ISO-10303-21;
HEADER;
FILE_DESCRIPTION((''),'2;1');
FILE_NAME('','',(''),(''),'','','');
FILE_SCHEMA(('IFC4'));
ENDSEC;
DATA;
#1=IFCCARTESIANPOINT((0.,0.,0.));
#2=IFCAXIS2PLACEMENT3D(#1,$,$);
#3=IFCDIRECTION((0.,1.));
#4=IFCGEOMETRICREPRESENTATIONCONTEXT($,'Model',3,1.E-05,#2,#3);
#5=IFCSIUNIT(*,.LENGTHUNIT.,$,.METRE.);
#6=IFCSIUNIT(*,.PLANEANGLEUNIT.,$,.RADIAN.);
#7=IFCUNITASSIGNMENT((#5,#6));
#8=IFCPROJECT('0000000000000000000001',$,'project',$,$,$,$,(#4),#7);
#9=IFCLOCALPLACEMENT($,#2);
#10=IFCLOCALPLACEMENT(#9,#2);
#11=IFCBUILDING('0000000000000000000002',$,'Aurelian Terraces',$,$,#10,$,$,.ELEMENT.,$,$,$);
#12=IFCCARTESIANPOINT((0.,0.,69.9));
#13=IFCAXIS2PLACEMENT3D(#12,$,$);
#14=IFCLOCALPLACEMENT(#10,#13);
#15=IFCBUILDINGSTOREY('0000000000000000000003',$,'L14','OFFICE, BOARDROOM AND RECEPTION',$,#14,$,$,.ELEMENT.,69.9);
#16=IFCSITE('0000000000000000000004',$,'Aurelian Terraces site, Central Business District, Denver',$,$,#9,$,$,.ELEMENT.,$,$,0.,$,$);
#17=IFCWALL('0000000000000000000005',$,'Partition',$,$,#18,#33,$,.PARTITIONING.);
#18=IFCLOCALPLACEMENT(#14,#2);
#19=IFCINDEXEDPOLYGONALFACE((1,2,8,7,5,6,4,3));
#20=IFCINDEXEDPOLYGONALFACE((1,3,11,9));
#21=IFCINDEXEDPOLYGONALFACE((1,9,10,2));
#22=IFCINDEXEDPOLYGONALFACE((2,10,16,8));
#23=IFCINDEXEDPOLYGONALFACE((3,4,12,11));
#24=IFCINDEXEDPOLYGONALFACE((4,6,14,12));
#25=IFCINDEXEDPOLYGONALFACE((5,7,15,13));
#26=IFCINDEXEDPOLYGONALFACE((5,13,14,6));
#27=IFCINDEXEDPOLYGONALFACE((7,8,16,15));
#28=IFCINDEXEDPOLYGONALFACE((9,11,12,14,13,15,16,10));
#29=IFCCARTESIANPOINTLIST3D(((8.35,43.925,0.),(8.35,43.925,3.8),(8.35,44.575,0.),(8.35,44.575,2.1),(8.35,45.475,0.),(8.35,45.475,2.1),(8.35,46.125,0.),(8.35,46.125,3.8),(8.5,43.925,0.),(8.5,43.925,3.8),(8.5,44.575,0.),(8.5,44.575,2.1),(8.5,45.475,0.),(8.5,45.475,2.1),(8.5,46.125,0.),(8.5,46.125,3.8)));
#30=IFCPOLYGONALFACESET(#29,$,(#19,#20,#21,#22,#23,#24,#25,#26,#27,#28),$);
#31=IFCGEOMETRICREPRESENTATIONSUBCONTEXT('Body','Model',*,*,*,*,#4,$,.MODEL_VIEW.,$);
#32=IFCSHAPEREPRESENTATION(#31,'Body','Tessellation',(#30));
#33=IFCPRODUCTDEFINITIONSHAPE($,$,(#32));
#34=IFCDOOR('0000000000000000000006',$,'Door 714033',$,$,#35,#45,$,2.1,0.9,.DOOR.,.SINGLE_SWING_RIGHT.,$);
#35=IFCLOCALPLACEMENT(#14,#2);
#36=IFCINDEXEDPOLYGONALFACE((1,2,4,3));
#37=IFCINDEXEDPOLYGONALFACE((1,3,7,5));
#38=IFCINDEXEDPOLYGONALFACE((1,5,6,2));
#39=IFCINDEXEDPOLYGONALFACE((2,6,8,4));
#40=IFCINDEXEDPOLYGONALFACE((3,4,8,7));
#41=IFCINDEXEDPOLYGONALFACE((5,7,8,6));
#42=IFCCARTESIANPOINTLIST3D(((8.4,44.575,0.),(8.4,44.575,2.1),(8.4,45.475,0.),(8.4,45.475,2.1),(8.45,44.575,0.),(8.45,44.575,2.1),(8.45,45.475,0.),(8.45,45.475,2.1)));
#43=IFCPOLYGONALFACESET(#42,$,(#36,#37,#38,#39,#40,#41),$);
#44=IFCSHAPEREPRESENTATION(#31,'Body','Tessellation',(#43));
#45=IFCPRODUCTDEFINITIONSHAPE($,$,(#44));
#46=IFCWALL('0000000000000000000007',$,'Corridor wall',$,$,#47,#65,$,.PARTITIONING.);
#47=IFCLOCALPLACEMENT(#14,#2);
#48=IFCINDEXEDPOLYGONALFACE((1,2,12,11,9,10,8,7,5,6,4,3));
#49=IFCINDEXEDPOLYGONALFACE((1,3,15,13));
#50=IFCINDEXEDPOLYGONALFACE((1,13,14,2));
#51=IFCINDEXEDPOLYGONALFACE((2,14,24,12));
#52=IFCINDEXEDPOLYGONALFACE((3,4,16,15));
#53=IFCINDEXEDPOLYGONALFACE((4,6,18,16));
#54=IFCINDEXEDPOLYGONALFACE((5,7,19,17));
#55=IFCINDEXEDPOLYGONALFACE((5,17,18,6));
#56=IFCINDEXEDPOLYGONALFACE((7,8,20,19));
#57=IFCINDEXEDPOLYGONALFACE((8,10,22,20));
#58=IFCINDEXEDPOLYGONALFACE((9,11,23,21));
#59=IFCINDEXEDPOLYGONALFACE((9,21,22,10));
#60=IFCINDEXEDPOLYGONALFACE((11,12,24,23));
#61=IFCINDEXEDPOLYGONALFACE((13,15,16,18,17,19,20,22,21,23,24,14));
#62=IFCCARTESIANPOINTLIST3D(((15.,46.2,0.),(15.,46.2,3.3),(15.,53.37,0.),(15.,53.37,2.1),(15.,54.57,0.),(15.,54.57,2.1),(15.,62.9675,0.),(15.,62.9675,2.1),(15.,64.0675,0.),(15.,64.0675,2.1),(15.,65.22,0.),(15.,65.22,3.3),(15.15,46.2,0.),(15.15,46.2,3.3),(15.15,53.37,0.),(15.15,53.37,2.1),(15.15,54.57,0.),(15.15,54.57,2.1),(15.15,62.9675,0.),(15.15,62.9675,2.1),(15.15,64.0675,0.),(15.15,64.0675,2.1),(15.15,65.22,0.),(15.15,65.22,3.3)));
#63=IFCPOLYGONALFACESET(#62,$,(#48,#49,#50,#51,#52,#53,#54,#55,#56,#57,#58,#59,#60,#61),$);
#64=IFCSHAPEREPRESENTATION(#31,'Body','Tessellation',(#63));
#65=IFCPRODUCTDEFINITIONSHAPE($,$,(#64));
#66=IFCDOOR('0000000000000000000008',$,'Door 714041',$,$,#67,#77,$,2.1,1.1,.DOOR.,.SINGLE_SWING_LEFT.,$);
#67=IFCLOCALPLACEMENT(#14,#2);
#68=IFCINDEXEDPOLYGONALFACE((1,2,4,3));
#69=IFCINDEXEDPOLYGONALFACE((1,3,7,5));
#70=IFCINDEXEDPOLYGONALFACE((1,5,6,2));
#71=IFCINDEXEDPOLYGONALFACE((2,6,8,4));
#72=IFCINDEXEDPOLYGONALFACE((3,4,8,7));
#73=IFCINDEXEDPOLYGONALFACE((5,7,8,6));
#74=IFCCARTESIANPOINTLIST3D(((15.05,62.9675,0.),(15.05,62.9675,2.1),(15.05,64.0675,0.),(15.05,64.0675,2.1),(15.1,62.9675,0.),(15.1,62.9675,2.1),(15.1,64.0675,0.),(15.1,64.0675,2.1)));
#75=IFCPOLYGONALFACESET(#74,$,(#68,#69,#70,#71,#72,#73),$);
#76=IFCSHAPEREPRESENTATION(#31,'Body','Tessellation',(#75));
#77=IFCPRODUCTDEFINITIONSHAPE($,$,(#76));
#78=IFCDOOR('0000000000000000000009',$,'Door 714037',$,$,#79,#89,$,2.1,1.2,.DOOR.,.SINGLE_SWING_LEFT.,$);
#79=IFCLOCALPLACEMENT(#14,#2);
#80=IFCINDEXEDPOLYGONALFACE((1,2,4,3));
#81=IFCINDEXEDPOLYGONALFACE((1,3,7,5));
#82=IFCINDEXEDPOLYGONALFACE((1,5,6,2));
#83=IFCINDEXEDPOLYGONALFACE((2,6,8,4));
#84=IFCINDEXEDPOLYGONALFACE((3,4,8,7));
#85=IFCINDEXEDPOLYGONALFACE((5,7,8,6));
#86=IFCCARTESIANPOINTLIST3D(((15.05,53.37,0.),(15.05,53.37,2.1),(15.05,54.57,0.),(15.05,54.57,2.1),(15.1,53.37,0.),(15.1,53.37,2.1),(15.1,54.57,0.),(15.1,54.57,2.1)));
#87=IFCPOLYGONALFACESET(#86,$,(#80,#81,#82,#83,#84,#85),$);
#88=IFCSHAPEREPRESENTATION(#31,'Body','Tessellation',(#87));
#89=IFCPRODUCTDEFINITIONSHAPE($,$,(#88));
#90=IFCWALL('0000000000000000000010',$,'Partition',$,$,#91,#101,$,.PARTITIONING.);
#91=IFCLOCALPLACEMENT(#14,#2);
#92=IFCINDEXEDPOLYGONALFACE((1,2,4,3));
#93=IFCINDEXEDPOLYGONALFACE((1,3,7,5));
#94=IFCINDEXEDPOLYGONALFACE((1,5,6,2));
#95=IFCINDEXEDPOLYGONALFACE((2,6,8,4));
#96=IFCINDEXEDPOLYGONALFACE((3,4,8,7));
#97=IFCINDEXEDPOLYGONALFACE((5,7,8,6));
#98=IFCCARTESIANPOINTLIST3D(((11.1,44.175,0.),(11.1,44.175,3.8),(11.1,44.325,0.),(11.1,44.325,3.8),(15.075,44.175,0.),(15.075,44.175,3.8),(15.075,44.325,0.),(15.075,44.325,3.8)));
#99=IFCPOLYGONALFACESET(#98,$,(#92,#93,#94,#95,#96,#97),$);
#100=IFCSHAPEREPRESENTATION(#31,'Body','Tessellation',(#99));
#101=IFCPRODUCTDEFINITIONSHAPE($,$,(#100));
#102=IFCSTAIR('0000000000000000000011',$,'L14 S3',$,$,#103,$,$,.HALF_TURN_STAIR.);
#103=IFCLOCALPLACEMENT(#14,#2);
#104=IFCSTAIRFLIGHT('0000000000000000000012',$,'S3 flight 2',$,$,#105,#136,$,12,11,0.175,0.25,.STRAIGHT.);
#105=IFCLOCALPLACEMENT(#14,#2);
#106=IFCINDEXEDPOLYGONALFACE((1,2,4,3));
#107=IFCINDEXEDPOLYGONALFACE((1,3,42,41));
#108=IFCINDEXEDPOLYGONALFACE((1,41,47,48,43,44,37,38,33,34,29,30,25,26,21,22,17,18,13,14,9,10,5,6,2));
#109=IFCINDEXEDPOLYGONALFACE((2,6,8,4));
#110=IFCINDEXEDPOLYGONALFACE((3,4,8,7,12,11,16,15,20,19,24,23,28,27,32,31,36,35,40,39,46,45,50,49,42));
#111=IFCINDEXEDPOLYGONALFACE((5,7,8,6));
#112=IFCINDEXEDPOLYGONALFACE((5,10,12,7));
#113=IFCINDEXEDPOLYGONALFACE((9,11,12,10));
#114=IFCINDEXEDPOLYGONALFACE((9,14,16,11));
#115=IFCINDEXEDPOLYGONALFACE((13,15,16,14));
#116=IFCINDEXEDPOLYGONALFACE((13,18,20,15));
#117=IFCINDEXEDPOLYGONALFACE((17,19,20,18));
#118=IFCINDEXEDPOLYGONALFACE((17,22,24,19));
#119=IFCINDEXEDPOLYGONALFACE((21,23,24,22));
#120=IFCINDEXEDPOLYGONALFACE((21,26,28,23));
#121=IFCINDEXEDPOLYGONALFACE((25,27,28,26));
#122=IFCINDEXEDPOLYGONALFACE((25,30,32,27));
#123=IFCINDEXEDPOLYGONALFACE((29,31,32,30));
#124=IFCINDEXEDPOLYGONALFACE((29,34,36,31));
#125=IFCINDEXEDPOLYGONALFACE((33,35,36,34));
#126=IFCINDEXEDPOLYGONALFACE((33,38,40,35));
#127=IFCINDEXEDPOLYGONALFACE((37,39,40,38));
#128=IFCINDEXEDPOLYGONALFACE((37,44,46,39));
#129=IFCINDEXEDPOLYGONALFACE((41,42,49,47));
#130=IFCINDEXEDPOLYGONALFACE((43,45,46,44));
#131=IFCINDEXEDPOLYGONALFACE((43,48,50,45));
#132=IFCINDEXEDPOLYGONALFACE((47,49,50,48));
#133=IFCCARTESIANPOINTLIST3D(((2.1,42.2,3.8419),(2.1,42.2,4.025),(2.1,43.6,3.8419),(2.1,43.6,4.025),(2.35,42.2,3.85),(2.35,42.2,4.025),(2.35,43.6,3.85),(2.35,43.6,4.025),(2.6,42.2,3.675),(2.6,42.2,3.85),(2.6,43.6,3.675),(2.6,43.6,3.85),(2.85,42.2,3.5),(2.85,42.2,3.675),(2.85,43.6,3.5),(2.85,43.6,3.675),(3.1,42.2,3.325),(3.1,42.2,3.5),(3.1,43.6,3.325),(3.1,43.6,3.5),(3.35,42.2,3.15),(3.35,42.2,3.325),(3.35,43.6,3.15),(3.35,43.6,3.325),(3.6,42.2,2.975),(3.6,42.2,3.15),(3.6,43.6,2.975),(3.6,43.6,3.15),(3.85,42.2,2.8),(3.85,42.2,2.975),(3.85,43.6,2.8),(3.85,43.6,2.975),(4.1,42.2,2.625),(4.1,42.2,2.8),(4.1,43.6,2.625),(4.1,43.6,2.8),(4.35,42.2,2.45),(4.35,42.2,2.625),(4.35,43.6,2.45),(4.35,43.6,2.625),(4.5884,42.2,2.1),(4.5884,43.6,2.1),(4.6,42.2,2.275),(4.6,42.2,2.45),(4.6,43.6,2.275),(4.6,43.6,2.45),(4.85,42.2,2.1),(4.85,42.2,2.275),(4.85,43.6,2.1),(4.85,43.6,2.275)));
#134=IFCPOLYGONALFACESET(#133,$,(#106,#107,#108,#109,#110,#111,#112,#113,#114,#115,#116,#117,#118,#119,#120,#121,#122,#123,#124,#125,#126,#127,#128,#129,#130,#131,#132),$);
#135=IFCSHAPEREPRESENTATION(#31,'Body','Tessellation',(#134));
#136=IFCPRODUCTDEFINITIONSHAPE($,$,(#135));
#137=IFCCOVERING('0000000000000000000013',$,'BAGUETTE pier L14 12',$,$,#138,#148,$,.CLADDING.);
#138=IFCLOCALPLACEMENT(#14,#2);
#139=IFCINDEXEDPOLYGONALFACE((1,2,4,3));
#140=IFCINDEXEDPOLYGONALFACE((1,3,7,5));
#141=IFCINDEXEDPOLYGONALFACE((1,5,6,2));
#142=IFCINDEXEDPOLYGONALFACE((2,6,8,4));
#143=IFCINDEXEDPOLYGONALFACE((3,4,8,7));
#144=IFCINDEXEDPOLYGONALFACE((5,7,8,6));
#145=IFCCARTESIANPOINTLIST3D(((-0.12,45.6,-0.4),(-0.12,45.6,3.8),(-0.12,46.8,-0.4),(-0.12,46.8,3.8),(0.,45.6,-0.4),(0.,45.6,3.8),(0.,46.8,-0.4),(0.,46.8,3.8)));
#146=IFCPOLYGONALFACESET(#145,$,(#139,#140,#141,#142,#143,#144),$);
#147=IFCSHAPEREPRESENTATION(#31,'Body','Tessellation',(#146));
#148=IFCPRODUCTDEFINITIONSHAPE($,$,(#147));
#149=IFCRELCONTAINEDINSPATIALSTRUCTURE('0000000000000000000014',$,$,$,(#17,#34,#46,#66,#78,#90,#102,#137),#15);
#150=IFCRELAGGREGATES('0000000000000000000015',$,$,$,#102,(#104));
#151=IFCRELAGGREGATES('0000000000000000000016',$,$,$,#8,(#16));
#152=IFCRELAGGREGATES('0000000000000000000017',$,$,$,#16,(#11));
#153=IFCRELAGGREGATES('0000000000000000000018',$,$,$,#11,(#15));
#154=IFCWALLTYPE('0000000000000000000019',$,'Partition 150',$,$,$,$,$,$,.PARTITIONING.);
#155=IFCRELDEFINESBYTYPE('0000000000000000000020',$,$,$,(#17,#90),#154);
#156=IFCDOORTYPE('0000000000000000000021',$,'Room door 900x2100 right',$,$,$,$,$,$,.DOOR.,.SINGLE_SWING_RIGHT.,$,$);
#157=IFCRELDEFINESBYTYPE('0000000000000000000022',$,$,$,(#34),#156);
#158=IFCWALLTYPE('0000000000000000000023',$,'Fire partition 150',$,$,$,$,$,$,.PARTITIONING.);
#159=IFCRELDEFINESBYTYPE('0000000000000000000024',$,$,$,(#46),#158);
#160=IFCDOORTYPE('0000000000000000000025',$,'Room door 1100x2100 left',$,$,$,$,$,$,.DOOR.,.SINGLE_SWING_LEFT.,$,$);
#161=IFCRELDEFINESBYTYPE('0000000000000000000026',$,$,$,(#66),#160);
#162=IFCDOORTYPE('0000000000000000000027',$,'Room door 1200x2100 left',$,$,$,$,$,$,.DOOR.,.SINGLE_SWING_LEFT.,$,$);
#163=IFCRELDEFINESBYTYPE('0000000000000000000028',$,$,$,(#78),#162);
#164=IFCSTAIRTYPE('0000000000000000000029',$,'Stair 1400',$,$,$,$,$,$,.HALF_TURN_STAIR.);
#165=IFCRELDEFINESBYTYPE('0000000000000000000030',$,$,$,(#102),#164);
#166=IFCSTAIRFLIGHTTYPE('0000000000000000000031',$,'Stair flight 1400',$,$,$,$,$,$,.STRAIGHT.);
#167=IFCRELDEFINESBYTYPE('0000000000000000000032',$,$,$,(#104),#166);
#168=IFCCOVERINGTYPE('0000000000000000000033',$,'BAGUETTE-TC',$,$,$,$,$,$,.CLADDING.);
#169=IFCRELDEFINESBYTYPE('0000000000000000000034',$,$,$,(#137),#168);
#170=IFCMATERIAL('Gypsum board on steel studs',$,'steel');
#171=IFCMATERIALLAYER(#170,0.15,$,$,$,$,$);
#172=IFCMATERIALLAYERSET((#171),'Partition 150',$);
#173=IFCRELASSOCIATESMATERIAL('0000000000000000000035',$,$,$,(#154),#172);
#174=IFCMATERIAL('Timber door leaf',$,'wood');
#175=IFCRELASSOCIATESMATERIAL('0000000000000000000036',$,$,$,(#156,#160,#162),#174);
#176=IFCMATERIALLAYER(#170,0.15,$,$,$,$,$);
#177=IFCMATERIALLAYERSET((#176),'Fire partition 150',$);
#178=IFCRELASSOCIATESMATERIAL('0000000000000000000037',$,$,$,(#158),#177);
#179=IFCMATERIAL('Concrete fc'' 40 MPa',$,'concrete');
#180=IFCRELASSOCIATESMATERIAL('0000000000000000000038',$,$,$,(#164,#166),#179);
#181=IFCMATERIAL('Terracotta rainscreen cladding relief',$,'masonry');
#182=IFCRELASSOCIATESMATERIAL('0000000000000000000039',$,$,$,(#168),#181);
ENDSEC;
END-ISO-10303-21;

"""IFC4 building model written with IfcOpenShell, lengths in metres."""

from ifc_helpers import new_model, si_unit, direction, frame, frame_2d, origin, origin_2d, place, context, subcontext, project, spatial, polyline, rectangle, outline, extrude, source, transform, mapped, material, layer, layer_set, type_object, element, fill, aggregate, save


model = new_model("IFC4")

# Units and contexts
model_context = context("Model", 3, precision=1e-05, world=origin(), true_north=direction((0.0, 1.0)))
body_context = subcontext(model_context, "Body", "Model", "MODEL_VIEW")
ifc_project = project(units=[si_unit("LENGTHUNIT", "METRE"), si_unit("PLANEANGLEUNIT", "RADIAN")], contexts=[model_context])

# Site, building, storey
site_placement = place(None, origin())
site = spatial("IfcSite", under=ifc_project, at=site_placement, Name="Aurelian Terraces site, Central Business District, Denver", CompositionType="ELEMENT", RefElevation=0.0)
building_placement = place(site_placement, origin())
building = spatial("IfcBuilding", under=site, at=building_placement, Name="Aurelian Terraces", CompositionType="ELEMENT")
storey_placement = place(building_placement, frame((0.0, 0.0, 69.9)))
storey = spatial("IfcBuildingStorey", under=building, at=storey_placement, Name="L14", Description="OFFICE, BOARDROOM AND RECEPTION", CompositionType="ELEMENT", Elevation=69.9)

# Shared definitions
ifc_material_1 = material(Name="Concrete fc' 40 MPa", Category="concrete")

# Shared definitions
ifc_material_2 = material(Name="Gypsum board on steel studs", Category="steel")
ifc_layer_1 = layer(ifc_material_2, 0.15)
ifc_layer_set_1 = layer_set([ifc_layer_1], Name="Partition 150")
wall_type_1 = type_object("IfcWallType", Name="Partition 150", PredefinedType="PARTITIONING", material=ifc_layer_set_1)
shared_shape_1 = source(origin(), body_context, "Body", "SweptSolid", [
    extrude(rectangle(XDim=0.9, YDim=2.1, at=frame_2d((0.45, 1.05))), frame((0.0, 0.085, 0.0), z_axis=(0.0, -1.0, 0.0), x_axis=(1.0, 0.0, 0.0)), (0.0, 0.0, 1.0), 0.17),
])
ifc_material_3 = material(Name="Timber door leaf", Category="wood")
door_type_1 = type_object("IfcDoorType", Name="Room door 900x2100 right", OperationType="SINGLE_SWING_RIGHT", PredefinedType="DOOR", material=ifc_material_3)
shared_shape_2 = source(origin(), body_context, "Body", "SweptSolid", [
    extrude(rectangle(XDim=0.9, YDim=2.1, at=frame_2d((0.45, 1.05))), frame((0.0, 0.025, 0.0), z_axis=(0.0, -1.0, 0.0), x_axis=(1.0, 0.0, 0.0)), (0.0, 0.0, 1.0), 0.05),
])

# Wall, opening, door
shared_shape_3 = source(origin(), body_context, "Body", "SweptSolid", [
    extrude(rectangle(XDim=2.2, YDim=0.15, at=frame_2d((1.1, 0.0))), origin(), (0.0, 0.0, 1.0), 3.8),
])
wall_1_placement = place(storey_placement, frame((8.425, 43.925, 0.0), z_axis=(0.0, 0.0, 1.0), x_axis=(0.0, 1.0, 0.0)))
wall_1 = element("IfcWall", 1, at=wall_1_placement, inside=storey, type_object=wall_type_1, Name="Partition", PredefinedType="PARTITIONING", context=body_context, shape_type="MappedRepresentation", body=[
    mapped(shared_shape_3, transform((0.0, 0.0, 0.0), scale=1.0)),
])
opening_1_placement = place(wall_1_placement, frame((0.65, 0.0, 0.0)))
opening_1 = element("IfcOpeningElement", 2, at=opening_1_placement, cuts=wall_1, PredefinedType="OPENING", context=body_context, shape_type="MappedRepresentation", body=[
    mapped(shared_shape_1, transform((0.0, 0.0, 0.0), scale=1.0)),
])
door_1_placement = place(opening_1_placement, origin())
door_1 = element("IfcDoor", 3, at=door_1_placement, inside=storey, type_object=door_type_1, Name="Door 714033", OperationType="SINGLE_SWING_RIGHT", OverallHeight=2.1, OverallWidth=0.9, PredefinedType="DOOR", context=body_context, shape_type="MappedRepresentation", body=[
    mapped(shared_shape_2, transform((0.0, 0.0, 0.0), scale=1.0)),
])
fill(opening_1, door_1)

# Wall, openings, doors
ifc_layer_2 = layer(ifc_material_2, 0.15)
ifc_layer_set_2 = layer_set([ifc_layer_2], Name="Fire partition 150")
wall_type_2 = type_object("IfcWallType", Name="Fire partition 150", PredefinedType="PARTITIONING", material=ifc_layer_set_2)
shared_shape_4 = source(origin(), body_context, "Body", "SweptSolid", [
    extrude(rectangle(XDim=19.02, YDim=0.15, at=frame_2d((9.51, 0.0))), origin(), (0.0, 0.0, 1.0), 3.3),
])
wall_2_placement = place(storey_placement, frame((15.075, 46.2, 0.0), z_axis=(0.0, 0.0, 1.0), x_axis=(0.0, 1.0, 0.0)))
wall_2 = element("IfcWall", 4, at=wall_2_placement, inside=storey, type_object=wall_type_2, Name="Corridor wall", PredefinedType="PARTITIONING", context=body_context, shape_type="MappedRepresentation", body=[
    mapped(shared_shape_4, transform((0.0, 0.0, 0.0), scale=1.0)),
])
shared_shape_5 = source(origin(), body_context, "Body", "SweptSolid", [
    extrude(rectangle(XDim=1.2, YDim=2.1, at=frame_2d((0.6, 1.05))), frame((0.0, 0.085, 0.0), z_axis=(0.0, -1.0, 0.0), x_axis=(1.0, 0.0, 0.0)), (0.0, 0.0, 1.0), 0.17),
])
opening_2_placement = place(wall_2_placement, frame((7.17, 0.0, 0.0)))
opening_2 = element("IfcOpeningElement", 5, at=opening_2_placement, cuts=wall_2, PredefinedType="OPENING", context=body_context, shape_type="MappedRepresentation", body=[
    mapped(shared_shape_5, transform((0.0, 0.0, 0.0), scale=1.0)),
])
shared_shape_6 = source(origin(), body_context, "Body", "SweptSolid", [
    extrude(rectangle(XDim=1.1, YDim=2.1, at=frame_2d((0.55, 1.05))), frame((0.0, 0.085, 0.0), z_axis=(0.0, -1.0, 0.0), x_axis=(1.0, 0.0, 0.0)), (0.0, 0.0, 1.0), 0.17),
])
opening_3_placement = place(wall_2_placement, frame((16.7675, 0.0, 0.0)))
opening_3 = element("IfcOpeningElement", 6, at=opening_3_placement, cuts=wall_2, PredefinedType="OPENING", context=body_context, shape_type="MappedRepresentation", body=[
    mapped(shared_shape_6, transform((0.0, 0.0, 0.0), scale=1.0)),
])
door_type_2 = type_object("IfcDoorType", Name="Room door 1100x2100 left", OperationType="SINGLE_SWING_LEFT", PredefinedType="DOOR", material=ifc_material_3)
shared_shape_7 = source(origin(), body_context, "Body", "SweptSolid", [
    extrude(rectangle(XDim=1.1, YDim=2.1, at=frame_2d((0.55, 1.05))), frame((0.0, 0.025, 0.0), z_axis=(0.0, -1.0, 0.0), x_axis=(1.0, 0.0, 0.0)), (0.0, 0.0, 1.0), 0.05),
])
door_2_placement = place(opening_3_placement, origin())
door_2 = element("IfcDoor", 7, at=door_2_placement, inside=storey, type_object=door_type_2, Name="Door 714041", OperationType="SINGLE_SWING_LEFT", OverallHeight=2.1, OverallWidth=1.1, PredefinedType="DOOR", context=body_context, shape_type="MappedRepresentation", body=[
    mapped(shared_shape_7, transform((0.0, 0.0, 0.0), scale=1.0)),
])
fill(opening_3, door_2)
door_type_3 = type_object("IfcDoorType", Name="Room door 1200x2100 left", OperationType="SINGLE_SWING_LEFT", PredefinedType="DOOR", material=ifc_material_3)
shared_shape_8 = source(origin(), body_context, "Body", "SweptSolid", [
    extrude(rectangle(XDim=1.2, YDim=2.1, at=frame_2d((0.6, 1.05))), frame((0.0, 0.025, 0.0), z_axis=(0.0, -1.0, 0.0), x_axis=(1.0, 0.0, 0.0)), (0.0, 0.0, 1.0), 0.05),
])
door_3_placement = place(opening_2_placement, origin())
door_3 = element("IfcDoor", 8, at=door_3_placement, inside=storey, type_object=door_type_3, Name="Door 714037", OperationType="SINGLE_SWING_LEFT", OverallHeight=2.1, OverallWidth=1.2, PredefinedType="DOOR", context=body_context, shape_type="MappedRepresentation", body=[
    mapped(shared_shape_8, transform((0.0, 0.0, 0.0), scale=1.0)),
])
fill(opening_2, door_3)

# Wall
shared_shape_9 = source(origin(), body_context, "Body", "SweptSolid", [
    extrude(rectangle(XDim=3.975, YDim=0.15, at=frame_2d((1.9875, 0.0))), origin(), (0.0, 0.0, 1.0), 3.8),
])
wall_3_placement = place(storey_placement, frame((15.075, 44.25, 0.0), z_axis=(0.0, 0.0, 1.0), x_axis=(-1.0, 0.0, 0.0)))
element("IfcWall", 9, at=wall_3_placement, inside=storey, type_object=wall_type_1, Name="Partition", PredefinedType="PARTITIONING", context=body_context, shape_type="MappedRepresentation", body=[
    mapped(shared_shape_9, transform((0.0, 0.0, 0.0), scale=1.0)),
])

# Stair, stair flight
stair_type = type_object("IfcStairType", Name="Stair 1400", PredefinedType="HALF_TURN_STAIR", material=ifc_material_1)
stair_placement = place(storey_placement, origin())
stair = element("IfcStair", 10, at=stair_placement, inside=storey, type_object=stair_type, Name="L14 S3", PredefinedType="HALF_TURN_STAIR")
stair_flight_type = type_object("IfcStairFlightType", Name="Stair flight 1400", PredefinedType="STRAIGHT", material=ifc_material_1)
shared_shape_10 = source(origin(), body_context, "Body", "SweptSolid", [
    extrude(outline(polyline([(0.0, 0.0), (0.0, 0.175), (0.25, 0.175), (0.25, 0.35), (0.5, 0.35), (0.5, 0.525), (0.75, 0.525), (0.75, 0.7), (1.0, 0.7), (1.0, 0.875), (1.25, 0.875), (1.25, 1.05), (1.5, 1.05), (1.5, 1.225), (1.75, 1.225), (1.75, 1.4), (2.0, 1.4), (2.0, 1.575), (2.25, 1.575), (2.25, 1.75), (2.5, 1.75), (2.5, 1.925), (2.75, 1.925), (2.75, 2.1), (2.75, 1.7419), (0.2616, 0.0), (0.0, 0.0)])), frame((0.0, 0.7, 0.0), z_axis=(0.0, -1.0, 0.0), x_axis=(1.0, 0.0, 0.0)), (0.0, 0.0, 1.0), 1.4),
])
stair_flight_placement = place(storey_placement, frame((4.85, 42.9, 2.1), z_axis=(0.0, 0.0, 1.0), x_axis=(-1.0, 0.0, 0.0)))
stair_flight = element("IfcStairFlight", 11, at=stair_flight_placement, type_object=stair_flight_type, Name="S3 flight 2", NumberOfRisers=12, NumberOfTreads=11, PredefinedType="STRAIGHT", RiserHeight=0.175, TreadLength=0.25, context=body_context, shape_type="MappedRepresentation", body=[
    mapped(shared_shape_10, transform((0.0, 0.0, 0.0), scale=1.0)),
])
aggregate(stair, [stair_flight])

# Covering
ifc_material_4 = material(Name="Terracotta rainscreen cladding relief", Category="masonry")
covering_type = type_object("IfcCoveringType", Name="BAGUETTE-TC", PredefinedType="CLADDING", material=ifc_material_4)
shared_shape_11 = source(origin(), body_context, "Body", "SweptSolid", [
    extrude(rectangle(XDim=0.12, YDim=1.2, at=origin_2d()), origin(), (0.0, 0.0, 1.0), 4.2),
])
covering_placement = place(storey_placement, frame((-0.06, 46.2, -0.4), z_axis=(0.0, 0.0, 1.0), x_axis=(1.0, 0.0, 0.0)))
element("IfcCovering", 12, at=covering_placement, inside=storey, type_object=covering_type, Name="BAGUETTE pier L14 12", PredefinedType="CLADDING", context=body_context, shape_type="MappedRepresentation", body=[
    mapped(shared_shape_11, transform((0.0, 0.0, 0.0), scale=1.0)),
])

save(model, "model.ifc")
